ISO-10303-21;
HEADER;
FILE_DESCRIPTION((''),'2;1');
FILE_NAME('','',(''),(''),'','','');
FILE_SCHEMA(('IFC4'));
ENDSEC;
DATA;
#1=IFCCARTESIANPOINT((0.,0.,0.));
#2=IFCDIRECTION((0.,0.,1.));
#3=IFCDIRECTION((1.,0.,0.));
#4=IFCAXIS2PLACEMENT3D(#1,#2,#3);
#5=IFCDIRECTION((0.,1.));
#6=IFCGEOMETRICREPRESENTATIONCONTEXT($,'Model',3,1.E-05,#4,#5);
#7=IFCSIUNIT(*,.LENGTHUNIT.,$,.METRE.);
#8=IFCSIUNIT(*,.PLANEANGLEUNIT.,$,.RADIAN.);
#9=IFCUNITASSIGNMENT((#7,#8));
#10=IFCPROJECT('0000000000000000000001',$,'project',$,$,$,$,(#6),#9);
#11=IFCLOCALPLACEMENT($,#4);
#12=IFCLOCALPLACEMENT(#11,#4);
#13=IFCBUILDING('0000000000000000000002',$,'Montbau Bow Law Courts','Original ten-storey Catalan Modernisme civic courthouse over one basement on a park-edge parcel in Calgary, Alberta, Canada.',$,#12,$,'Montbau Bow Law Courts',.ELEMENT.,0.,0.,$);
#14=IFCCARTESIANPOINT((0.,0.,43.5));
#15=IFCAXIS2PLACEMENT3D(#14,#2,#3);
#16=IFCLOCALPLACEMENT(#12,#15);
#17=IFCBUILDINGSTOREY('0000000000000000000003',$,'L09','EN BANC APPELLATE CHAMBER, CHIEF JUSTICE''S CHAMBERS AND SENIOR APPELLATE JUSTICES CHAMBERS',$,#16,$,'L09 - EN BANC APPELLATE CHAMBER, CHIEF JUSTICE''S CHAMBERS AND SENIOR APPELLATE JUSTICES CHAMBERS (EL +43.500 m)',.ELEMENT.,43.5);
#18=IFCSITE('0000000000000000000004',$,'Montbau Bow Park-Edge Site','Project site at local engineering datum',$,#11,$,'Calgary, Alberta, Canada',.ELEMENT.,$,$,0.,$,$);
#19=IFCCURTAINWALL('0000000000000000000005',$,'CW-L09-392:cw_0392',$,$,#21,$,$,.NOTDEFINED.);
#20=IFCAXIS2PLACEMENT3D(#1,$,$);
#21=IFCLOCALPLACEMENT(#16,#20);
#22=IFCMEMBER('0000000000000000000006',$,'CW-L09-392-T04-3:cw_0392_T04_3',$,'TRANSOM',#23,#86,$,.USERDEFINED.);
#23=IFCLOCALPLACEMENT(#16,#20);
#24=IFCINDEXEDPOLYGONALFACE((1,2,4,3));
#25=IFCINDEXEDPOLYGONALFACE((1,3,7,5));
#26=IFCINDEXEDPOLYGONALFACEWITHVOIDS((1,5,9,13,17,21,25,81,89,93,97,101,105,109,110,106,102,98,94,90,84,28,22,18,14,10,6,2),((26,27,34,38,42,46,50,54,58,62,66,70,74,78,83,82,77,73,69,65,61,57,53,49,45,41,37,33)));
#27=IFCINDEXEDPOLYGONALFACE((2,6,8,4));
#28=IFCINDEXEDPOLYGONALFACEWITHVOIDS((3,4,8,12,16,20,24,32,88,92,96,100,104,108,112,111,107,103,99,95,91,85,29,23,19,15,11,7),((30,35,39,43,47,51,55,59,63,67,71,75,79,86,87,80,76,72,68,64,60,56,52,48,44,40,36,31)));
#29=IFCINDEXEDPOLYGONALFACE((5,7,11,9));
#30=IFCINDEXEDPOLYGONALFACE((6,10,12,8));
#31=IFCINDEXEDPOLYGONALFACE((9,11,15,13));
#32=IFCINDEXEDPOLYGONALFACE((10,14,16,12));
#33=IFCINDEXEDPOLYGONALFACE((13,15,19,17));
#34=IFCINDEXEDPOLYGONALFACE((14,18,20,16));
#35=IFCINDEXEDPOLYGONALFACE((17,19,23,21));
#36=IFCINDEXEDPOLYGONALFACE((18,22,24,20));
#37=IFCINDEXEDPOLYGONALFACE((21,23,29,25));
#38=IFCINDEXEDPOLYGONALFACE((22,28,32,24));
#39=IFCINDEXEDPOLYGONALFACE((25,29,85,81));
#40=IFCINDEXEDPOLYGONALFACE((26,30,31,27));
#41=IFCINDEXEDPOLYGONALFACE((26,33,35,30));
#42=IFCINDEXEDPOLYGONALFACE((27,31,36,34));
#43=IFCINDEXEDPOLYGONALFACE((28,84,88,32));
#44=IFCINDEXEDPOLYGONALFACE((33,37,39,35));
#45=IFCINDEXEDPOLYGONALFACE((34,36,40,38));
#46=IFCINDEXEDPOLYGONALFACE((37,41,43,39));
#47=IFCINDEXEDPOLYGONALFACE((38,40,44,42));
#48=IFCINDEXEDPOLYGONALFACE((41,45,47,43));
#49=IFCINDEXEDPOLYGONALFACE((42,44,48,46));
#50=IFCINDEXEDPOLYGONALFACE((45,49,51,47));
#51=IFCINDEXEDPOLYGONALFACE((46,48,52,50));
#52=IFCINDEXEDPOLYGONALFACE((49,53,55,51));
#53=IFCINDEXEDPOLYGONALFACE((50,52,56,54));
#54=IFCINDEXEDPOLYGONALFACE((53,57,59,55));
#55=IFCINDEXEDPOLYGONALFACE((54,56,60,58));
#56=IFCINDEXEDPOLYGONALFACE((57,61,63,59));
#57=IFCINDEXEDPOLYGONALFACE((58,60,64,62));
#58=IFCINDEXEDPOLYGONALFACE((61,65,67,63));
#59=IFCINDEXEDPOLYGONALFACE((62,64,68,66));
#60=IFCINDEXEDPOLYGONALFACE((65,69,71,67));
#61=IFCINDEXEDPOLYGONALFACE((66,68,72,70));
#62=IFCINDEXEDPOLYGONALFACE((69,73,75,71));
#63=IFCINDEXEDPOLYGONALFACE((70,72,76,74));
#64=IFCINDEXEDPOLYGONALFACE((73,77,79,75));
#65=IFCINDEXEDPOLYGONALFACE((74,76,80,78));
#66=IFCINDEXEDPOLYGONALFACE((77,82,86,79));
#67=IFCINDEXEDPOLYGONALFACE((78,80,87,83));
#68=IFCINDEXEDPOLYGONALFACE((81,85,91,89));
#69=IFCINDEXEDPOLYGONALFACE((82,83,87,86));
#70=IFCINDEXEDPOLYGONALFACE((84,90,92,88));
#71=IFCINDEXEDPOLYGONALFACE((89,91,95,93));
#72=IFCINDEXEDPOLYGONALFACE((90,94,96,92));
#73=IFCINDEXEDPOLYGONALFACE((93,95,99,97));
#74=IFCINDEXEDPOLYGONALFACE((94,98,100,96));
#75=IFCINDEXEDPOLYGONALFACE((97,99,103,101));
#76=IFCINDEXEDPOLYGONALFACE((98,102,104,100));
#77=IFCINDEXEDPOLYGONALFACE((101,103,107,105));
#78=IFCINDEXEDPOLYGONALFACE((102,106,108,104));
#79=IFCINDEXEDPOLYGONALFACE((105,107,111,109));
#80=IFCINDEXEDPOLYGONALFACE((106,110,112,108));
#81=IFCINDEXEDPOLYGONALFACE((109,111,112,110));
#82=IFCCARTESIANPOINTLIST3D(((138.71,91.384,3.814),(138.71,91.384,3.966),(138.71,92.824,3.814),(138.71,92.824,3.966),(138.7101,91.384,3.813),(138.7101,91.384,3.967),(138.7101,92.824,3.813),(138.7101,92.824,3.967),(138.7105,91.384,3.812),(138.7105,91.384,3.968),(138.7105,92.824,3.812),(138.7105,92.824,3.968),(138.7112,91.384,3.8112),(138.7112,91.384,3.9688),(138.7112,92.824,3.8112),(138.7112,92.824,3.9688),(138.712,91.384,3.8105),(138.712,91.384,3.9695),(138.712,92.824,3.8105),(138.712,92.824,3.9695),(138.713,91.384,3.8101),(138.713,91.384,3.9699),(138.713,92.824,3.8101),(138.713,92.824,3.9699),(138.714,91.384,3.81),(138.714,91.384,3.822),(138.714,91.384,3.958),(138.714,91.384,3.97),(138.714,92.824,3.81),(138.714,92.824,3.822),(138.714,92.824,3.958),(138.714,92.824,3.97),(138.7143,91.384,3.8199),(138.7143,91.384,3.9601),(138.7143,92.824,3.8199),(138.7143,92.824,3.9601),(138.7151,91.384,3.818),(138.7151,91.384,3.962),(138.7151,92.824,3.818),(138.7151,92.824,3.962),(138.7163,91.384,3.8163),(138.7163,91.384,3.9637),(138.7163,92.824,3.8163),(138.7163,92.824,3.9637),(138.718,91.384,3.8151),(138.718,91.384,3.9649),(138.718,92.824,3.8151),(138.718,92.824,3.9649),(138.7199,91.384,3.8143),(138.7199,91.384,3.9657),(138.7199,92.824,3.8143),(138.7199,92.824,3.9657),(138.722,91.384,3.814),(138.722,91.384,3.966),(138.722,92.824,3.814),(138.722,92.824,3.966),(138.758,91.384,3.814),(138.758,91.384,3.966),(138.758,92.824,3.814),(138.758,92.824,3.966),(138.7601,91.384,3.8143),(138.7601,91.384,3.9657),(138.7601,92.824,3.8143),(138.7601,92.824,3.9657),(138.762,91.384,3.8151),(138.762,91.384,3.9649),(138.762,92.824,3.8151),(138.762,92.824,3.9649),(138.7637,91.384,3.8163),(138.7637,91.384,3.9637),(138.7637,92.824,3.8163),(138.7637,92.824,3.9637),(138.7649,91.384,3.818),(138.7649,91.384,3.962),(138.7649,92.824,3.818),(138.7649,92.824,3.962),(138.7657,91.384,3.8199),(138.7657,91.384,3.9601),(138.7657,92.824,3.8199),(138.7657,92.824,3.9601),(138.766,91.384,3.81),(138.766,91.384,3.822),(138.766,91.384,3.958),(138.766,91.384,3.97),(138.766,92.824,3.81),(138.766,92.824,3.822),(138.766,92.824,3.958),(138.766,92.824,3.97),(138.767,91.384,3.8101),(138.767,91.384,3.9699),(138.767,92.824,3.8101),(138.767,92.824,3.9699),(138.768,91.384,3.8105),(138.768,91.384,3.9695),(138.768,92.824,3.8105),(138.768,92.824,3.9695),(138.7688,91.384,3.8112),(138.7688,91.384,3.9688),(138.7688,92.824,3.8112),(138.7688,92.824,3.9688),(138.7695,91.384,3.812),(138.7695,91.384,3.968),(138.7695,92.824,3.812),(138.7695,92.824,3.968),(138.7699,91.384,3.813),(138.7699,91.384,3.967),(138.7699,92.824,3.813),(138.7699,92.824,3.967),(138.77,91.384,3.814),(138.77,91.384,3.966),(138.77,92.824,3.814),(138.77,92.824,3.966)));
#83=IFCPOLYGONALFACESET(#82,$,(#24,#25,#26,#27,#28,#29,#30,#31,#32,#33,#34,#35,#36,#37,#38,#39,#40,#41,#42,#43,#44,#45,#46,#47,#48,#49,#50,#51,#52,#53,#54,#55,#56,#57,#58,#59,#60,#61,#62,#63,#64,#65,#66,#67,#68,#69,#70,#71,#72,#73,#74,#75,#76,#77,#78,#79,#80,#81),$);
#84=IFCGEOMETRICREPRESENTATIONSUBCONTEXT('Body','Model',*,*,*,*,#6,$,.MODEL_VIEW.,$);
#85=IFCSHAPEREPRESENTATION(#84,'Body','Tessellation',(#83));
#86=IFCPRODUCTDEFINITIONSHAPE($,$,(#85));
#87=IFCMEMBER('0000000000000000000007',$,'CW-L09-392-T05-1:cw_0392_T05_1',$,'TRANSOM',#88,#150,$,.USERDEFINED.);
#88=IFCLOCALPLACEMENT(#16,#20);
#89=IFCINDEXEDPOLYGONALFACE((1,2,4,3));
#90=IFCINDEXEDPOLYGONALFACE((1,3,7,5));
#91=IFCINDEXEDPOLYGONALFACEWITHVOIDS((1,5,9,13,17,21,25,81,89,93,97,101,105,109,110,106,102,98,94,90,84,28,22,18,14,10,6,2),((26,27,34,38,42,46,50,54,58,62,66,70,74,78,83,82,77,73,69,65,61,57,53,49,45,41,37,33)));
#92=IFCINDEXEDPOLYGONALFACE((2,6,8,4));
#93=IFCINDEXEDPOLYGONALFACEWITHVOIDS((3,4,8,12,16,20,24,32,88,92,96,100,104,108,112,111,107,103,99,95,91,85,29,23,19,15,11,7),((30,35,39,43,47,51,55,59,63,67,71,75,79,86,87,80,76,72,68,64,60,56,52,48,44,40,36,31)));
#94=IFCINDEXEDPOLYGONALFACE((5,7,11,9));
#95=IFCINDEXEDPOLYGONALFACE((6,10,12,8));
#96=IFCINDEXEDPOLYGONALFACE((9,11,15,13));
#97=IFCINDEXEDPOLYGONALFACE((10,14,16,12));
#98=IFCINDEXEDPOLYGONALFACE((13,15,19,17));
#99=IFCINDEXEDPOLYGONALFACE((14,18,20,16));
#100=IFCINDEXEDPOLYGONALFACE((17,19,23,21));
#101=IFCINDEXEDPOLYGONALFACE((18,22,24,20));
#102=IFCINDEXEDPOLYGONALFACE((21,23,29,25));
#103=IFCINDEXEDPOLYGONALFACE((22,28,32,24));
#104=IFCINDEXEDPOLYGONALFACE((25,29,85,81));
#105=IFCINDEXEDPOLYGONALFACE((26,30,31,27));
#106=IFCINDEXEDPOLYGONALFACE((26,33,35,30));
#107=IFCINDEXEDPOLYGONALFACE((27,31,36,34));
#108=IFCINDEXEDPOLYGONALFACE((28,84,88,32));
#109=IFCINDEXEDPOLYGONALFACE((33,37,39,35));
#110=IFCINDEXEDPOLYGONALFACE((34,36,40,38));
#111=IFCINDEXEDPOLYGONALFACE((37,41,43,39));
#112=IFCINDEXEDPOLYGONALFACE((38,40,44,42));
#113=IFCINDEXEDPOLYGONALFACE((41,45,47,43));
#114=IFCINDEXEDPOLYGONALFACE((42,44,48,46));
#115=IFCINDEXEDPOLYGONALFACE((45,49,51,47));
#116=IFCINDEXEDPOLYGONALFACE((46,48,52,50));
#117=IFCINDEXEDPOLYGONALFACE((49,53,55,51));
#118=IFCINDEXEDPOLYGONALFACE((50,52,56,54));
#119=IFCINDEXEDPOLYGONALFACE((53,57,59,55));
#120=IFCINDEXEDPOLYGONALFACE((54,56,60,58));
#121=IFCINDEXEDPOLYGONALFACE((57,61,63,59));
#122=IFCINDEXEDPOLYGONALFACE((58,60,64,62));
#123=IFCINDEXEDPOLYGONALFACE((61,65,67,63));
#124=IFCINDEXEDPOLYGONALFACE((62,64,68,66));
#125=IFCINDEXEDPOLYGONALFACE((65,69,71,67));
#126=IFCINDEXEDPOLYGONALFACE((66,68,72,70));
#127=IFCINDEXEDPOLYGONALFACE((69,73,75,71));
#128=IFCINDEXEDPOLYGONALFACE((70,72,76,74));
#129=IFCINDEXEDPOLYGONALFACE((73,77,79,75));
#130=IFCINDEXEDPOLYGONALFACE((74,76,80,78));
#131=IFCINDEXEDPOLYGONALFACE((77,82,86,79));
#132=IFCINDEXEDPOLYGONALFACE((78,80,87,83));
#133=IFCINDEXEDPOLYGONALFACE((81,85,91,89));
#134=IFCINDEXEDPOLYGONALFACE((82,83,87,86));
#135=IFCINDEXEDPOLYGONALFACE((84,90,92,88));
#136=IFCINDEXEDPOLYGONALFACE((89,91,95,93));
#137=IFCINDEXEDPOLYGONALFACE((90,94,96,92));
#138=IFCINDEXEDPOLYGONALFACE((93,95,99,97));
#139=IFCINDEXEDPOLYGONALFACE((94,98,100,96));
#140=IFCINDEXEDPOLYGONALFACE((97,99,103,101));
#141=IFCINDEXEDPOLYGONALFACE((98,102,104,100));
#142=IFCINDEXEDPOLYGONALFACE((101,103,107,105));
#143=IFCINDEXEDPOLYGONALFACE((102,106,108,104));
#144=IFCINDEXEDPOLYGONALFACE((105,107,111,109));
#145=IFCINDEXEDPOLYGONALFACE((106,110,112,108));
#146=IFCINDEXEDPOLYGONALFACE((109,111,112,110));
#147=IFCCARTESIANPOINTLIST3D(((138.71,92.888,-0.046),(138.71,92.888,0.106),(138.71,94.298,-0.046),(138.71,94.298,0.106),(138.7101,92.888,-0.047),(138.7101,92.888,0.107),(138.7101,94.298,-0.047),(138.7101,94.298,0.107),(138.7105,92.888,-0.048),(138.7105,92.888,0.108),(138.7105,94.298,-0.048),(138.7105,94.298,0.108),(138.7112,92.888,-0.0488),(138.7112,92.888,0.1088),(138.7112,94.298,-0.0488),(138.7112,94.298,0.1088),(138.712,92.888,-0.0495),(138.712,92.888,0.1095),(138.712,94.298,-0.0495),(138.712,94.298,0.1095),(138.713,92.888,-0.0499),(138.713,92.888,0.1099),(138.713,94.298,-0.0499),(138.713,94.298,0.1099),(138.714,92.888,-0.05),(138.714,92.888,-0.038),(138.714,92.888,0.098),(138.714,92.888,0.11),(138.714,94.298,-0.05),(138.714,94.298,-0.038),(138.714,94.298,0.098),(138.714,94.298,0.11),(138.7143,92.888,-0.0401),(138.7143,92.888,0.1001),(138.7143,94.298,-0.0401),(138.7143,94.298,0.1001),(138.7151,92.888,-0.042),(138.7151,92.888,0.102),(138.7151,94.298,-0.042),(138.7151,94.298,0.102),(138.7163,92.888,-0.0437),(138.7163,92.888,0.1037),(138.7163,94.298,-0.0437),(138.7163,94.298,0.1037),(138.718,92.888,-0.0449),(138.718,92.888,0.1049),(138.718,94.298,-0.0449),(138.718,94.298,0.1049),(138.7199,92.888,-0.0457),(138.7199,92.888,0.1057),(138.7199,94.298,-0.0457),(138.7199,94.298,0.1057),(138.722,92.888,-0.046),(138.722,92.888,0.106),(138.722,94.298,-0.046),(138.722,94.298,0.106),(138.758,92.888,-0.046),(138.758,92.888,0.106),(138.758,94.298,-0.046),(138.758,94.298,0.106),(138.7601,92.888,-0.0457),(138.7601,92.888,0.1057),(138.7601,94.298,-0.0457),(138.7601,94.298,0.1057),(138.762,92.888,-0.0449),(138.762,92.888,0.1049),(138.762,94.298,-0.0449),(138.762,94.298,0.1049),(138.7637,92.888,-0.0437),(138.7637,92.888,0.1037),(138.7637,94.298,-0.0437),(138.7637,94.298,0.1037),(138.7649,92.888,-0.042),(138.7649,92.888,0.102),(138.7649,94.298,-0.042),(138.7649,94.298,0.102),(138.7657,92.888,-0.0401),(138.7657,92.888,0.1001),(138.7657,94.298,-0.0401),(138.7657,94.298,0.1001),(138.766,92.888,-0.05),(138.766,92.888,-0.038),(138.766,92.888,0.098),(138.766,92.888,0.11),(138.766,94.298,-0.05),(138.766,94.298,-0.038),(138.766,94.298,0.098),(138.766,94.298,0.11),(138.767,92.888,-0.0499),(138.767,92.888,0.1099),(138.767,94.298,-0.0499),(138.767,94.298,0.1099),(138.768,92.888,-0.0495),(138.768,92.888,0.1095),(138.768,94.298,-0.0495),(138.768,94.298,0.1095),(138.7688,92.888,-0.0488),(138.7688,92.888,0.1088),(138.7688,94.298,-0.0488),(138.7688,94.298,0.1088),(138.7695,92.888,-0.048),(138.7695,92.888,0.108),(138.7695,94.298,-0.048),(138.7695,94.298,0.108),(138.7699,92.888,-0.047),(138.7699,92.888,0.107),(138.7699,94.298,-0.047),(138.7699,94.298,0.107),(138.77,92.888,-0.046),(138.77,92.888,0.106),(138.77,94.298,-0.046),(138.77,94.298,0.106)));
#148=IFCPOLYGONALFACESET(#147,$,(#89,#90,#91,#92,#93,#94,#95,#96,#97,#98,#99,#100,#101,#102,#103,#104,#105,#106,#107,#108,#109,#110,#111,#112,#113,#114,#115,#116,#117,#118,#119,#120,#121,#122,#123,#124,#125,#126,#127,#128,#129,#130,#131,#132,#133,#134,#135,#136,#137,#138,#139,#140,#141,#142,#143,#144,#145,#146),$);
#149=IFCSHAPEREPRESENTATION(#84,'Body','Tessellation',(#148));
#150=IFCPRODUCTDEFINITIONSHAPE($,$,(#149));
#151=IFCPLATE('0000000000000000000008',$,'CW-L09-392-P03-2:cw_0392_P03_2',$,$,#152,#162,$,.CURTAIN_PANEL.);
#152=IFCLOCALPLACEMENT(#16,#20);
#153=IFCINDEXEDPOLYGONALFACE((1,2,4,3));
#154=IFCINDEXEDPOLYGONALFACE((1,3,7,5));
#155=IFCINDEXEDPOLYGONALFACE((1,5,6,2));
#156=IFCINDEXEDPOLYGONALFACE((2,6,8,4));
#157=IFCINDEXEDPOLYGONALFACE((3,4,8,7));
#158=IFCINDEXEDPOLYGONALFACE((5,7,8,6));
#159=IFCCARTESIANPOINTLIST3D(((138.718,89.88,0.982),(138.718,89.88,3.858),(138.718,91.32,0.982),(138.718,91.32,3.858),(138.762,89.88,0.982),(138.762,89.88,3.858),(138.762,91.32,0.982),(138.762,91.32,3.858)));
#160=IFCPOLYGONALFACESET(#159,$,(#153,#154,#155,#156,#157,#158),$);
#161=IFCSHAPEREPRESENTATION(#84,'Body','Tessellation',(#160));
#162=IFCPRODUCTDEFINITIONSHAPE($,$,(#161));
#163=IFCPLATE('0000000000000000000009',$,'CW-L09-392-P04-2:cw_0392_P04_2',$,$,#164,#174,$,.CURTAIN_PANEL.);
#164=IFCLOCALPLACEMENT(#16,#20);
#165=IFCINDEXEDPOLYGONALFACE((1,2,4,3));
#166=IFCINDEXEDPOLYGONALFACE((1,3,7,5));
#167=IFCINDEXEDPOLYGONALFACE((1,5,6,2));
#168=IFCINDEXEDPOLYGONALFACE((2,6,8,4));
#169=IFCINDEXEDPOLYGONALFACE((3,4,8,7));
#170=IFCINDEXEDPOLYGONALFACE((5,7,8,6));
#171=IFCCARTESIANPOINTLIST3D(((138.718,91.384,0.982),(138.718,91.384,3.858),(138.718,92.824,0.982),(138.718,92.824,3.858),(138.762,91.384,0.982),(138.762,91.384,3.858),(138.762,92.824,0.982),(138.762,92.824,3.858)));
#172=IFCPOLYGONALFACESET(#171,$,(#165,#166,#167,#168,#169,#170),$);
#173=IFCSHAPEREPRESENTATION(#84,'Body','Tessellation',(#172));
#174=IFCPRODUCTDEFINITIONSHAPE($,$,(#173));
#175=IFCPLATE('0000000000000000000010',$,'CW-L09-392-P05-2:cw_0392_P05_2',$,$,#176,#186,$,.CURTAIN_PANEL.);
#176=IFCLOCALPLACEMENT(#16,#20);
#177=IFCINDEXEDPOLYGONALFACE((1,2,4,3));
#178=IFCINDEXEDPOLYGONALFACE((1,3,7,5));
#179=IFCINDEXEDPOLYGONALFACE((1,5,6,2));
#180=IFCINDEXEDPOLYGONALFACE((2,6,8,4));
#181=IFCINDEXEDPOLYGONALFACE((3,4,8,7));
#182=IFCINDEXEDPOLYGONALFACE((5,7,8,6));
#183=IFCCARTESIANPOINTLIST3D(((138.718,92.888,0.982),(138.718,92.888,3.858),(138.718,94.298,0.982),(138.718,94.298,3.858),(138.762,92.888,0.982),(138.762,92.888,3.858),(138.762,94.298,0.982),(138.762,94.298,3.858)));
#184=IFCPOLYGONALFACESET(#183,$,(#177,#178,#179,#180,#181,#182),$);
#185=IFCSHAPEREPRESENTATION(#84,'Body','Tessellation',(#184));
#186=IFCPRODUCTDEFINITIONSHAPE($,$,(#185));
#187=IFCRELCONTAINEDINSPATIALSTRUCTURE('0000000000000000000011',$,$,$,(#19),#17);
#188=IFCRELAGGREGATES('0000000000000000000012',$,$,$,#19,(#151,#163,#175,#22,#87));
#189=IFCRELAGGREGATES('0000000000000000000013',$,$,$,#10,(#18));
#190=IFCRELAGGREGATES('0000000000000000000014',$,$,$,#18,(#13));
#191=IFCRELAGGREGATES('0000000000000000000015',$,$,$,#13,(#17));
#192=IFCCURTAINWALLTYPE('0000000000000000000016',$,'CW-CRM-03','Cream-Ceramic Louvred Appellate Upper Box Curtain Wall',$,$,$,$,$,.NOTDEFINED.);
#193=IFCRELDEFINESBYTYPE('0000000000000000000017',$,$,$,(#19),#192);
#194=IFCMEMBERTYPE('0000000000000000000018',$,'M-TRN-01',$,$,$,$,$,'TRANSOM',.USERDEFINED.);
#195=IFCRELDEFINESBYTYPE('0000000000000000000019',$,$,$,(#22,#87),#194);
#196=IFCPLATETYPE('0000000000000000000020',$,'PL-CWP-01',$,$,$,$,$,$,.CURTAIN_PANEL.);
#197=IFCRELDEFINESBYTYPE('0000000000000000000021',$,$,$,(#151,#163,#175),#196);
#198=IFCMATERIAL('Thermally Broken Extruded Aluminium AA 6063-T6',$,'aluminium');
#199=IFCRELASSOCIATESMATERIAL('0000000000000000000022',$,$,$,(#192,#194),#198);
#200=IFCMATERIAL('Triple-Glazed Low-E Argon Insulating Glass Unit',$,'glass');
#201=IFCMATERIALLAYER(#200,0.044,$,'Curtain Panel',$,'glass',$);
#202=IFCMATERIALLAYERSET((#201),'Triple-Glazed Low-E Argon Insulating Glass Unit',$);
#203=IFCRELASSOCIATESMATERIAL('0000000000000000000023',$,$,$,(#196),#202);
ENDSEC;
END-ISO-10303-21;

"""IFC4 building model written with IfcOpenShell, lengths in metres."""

from ifc_helpers import new_model, si_unit, direction, frame, frame_2d, origin_with_axes, origin_2d_with_axis, place, context, subcontext, project, spatial, rectangle, hollow_rectangle, extrude, material, layer, layer_set, material_profile, profile_set, type_object, element, aggregate, save


model = new_model("IFC4")

# Units and contexts
model_context = context("Model", 3, precision=1e-05, world=origin_with_axes(), true_north=direction((0.0, 1.0)))
body_context = subcontext(model_context, "Body", "Model", "MODEL_VIEW")
ifc_project = project(units=[si_unit("LENGTHUNIT", "METRE"), si_unit("PLANEANGLEUNIT", "RADIAN")], contexts=[model_context])

# Site, building, storey
site_placement = place(None, origin_with_axes())
site = spatial("IfcSite", under=ifc_project, at=site_placement, Name="Montbau Bow Park-Edge Site", Description="Project site at local engineering datum", LongName="Calgary, Alberta, Canada", CompositionType="ELEMENT", RefElevation=0.0)
building_placement = place(site_placement, origin_with_axes())
building = spatial("IfcBuilding", under=site, at=building_placement, Name="Montbau Bow Law Courts", Description="Original ten-storey Catalan Modernisme civic courthouse over one basement on a park-edge parcel in Calgary, Alberta, Canada.", LongName="Montbau Bow Law Courts", CompositionType="ELEMENT", ElevationOfRefHeight=0.0, ElevationOfTerrain=0.0)
storey_placement = place(building_placement, frame((0.0, 0.0, 43.5), z_axis=(0.0, 0.0, 1.0), x_axis=(1.0, 0.0, 0.0)))
storey = spatial("IfcBuildingStorey", under=building, at=storey_placement, Name="L09", Description="EN BANC APPELLATE CHAMBER, CHIEF JUSTICE'S CHAMBERS AND SENIOR APPELLATE JUSTICES CHAMBERS", LongName="L09 - EN BANC APPELLATE CHAMBER, CHIEF JUSTICE'S CHAMBERS AND SENIOR APPELLATE JUSTICES CHAMBERS (EL +43.500 m)", CompositionType="ELEMENT", Elevation=43.5)

# Curtain wall, members, plates
ifc_material_1 = material(Name="Thermally Broken Extruded Aluminium AA 6063-T6", Category="aluminium")
curtain_wall_type = type_object("IfcCurtainWallType", Name="CW-CRM-03", Description="Cream-Ceramic Louvred Appellate Upper Box Curtain Wall", PredefinedType="NOTDEFINED", material=ifc_material_1)
curtain_wall_placement = place(None, frame((138.74, 86.84, 43.5), z_axis=(0.0, 0.0, 1.0), x_axis=(1.0, 0.0, 0.0)))
curtain_wall = element("IfcCurtainWall", 1, at=curtain_wall_placement, inside=storey, type_object=curtain_wall_type, Name="CW-L09-392:cw_0392", PredefinedType="NOTDEFINED")
ifc_material_profile_1 = material_profile(ifc_material_1, hollow_rectangle(XDim=0.06, YDim=0.16, WallThickness=0.004, InnerFilletRadius=0.008, OuterFilletRadius=0.004, at=origin_2d_with_axis()), Name="CWT-160X60", Category="Main", Priority=0)
ifc_profile_set_1 = profile_set([ifc_material_profile_1], Name="Thermally Broken Extruded Aluminium AA 6063-T6")
member_type_1 = type_object("IfcMemberType", Name="M-TRN-01", ElementType="TRANSOM", PredefinedType="USERDEFINED", material=ifc_profile_set_1)
member_1_placement = place(None, frame((138.74, 91.384, 47.39), z_axis=(0.0, 1.0, 0.0), x_axis=(-1.0, 0.0, 0.0)))
member_1 = element("IfcMember", 2, at=member_1_placement, type_object=member_type_1, Name="CW-L09-392-T04-3:cw_0392_T04_3", ObjectType="TRANSOM", PredefinedType="USERDEFINED", context=body_context, shape_type="SweptSolid", body=[
    extrude(hollow_rectangle(XDim=0.06, YDim=0.16, WallThickness=0.004, InnerFilletRadius=0.008, OuterFilletRadius=0.004, at=origin_2d_with_axis()), origin_with_axes(), (0.0, 0.0, 1.0), 1.44),
])
member_2_placement = place(None, frame((138.74, 92.888, 43.53), z_axis=(0.0, 1.0, 0.0), x_axis=(-1.0, 0.0, 0.0)))
member_2 = element("IfcMember", 3, at=member_2_placement, type_object=member_type_1, Name="CW-L09-392-T05-1:cw_0392_T05_1", ObjectType="TRANSOM", PredefinedType="USERDEFINED", context=body_context, shape_type="SweptSolid", body=[
    extrude(hollow_rectangle(XDim=0.06, YDim=0.16, WallThickness=0.004, InnerFilletRadius=0.008, OuterFilletRadius=0.004, at=origin_2d_with_axis()), origin_with_axes(), (0.0, 0.0, 1.0), 1.41),
])
ifc_material_2 = material(Name="Triple-Glazed Low-E Argon Insulating Glass Unit", Category="glass")
ifc_layer_1 = layer(ifc_material_2, 0.044, Name="Curtain Panel", Category="glass")
ifc_layer_set_1 = layer_set([ifc_layer_1], Name="Triple-Glazed Low-E Argon Insulating Glass Unit")
plate_type_1 = type_object("IfcPlateType", Name="PL-CWP-01", PredefinedType="CURTAIN_PANEL", material=ifc_layer_set_1)
plate_1_placement = place(None, frame((138.74, 89.88, 44.482), z_axis=(1.0, 0.0, 0.0), x_axis=(0.0, 1.0, 0.0)))
plate_1 = element("IfcPlate", 4, at=plate_1_placement, type_object=plate_type_1, Name="CW-L09-392-P03-2:cw_0392_P03_2", PredefinedType="CURTAIN_PANEL", context=body_context, shape_type="SweptSolid", body=[
    extrude(rectangle(XDim=1.44, YDim=2.876, at=frame_2d((0.72, 1.438), x_axis=(1.0, 0.0))), frame((0.0, 0.0, -0.022), z_axis=(0.0, 0.0, 1.0), x_axis=(1.0, 0.0, 0.0)), (0.0, 0.0, 1.0), 0.044),
])
plate_2_placement = place(None, frame((138.74, 91.384, 44.482), z_axis=(1.0, 0.0, 0.0), x_axis=(0.0, 1.0, 0.0)))
plate_2 = element("IfcPlate", 5, at=plate_2_placement, type_object=plate_type_1, Name="CW-L09-392-P04-2:cw_0392_P04_2", PredefinedType="CURTAIN_PANEL", context=body_context, shape_type="SweptSolid", body=[
    extrude(rectangle(XDim=1.44, YDim=2.876, at=frame_2d((0.72, 1.438), x_axis=(1.0, 0.0))), frame((0.0, 0.0, -0.022), z_axis=(0.0, 0.0, 1.0), x_axis=(1.0, 0.0, 0.0)), (0.0, 0.0, 1.0), 0.044),
])
plate_3_placement = place(None, frame((138.74, 92.888, 44.482), z_axis=(1.0, 0.0, 0.0), x_axis=(0.0, 1.0, 0.0)))
plate_3 = element("IfcPlate", 6, at=plate_3_placement, type_object=plate_type_1, Name="CW-L09-392-P05-2:cw_0392_P05_2", PredefinedType="CURTAIN_PANEL", context=body_context, shape_type="SweptSolid", body=[
    extrude(rectangle(XDim=1.41, YDim=2.876, at=frame_2d((0.705, 1.438), x_axis=(1.0, 0.0))), frame((0.0, 0.0, -0.022), z_axis=(0.0, 0.0, 1.0), x_axis=(1.0, 0.0, 0.0)), (0.0, 0.0, 1.0), 0.044),
])
aggregate(curtain_wall, [plate_1, plate_2, plate_3, member_1, member_2])

save(model, "model.ifc")
